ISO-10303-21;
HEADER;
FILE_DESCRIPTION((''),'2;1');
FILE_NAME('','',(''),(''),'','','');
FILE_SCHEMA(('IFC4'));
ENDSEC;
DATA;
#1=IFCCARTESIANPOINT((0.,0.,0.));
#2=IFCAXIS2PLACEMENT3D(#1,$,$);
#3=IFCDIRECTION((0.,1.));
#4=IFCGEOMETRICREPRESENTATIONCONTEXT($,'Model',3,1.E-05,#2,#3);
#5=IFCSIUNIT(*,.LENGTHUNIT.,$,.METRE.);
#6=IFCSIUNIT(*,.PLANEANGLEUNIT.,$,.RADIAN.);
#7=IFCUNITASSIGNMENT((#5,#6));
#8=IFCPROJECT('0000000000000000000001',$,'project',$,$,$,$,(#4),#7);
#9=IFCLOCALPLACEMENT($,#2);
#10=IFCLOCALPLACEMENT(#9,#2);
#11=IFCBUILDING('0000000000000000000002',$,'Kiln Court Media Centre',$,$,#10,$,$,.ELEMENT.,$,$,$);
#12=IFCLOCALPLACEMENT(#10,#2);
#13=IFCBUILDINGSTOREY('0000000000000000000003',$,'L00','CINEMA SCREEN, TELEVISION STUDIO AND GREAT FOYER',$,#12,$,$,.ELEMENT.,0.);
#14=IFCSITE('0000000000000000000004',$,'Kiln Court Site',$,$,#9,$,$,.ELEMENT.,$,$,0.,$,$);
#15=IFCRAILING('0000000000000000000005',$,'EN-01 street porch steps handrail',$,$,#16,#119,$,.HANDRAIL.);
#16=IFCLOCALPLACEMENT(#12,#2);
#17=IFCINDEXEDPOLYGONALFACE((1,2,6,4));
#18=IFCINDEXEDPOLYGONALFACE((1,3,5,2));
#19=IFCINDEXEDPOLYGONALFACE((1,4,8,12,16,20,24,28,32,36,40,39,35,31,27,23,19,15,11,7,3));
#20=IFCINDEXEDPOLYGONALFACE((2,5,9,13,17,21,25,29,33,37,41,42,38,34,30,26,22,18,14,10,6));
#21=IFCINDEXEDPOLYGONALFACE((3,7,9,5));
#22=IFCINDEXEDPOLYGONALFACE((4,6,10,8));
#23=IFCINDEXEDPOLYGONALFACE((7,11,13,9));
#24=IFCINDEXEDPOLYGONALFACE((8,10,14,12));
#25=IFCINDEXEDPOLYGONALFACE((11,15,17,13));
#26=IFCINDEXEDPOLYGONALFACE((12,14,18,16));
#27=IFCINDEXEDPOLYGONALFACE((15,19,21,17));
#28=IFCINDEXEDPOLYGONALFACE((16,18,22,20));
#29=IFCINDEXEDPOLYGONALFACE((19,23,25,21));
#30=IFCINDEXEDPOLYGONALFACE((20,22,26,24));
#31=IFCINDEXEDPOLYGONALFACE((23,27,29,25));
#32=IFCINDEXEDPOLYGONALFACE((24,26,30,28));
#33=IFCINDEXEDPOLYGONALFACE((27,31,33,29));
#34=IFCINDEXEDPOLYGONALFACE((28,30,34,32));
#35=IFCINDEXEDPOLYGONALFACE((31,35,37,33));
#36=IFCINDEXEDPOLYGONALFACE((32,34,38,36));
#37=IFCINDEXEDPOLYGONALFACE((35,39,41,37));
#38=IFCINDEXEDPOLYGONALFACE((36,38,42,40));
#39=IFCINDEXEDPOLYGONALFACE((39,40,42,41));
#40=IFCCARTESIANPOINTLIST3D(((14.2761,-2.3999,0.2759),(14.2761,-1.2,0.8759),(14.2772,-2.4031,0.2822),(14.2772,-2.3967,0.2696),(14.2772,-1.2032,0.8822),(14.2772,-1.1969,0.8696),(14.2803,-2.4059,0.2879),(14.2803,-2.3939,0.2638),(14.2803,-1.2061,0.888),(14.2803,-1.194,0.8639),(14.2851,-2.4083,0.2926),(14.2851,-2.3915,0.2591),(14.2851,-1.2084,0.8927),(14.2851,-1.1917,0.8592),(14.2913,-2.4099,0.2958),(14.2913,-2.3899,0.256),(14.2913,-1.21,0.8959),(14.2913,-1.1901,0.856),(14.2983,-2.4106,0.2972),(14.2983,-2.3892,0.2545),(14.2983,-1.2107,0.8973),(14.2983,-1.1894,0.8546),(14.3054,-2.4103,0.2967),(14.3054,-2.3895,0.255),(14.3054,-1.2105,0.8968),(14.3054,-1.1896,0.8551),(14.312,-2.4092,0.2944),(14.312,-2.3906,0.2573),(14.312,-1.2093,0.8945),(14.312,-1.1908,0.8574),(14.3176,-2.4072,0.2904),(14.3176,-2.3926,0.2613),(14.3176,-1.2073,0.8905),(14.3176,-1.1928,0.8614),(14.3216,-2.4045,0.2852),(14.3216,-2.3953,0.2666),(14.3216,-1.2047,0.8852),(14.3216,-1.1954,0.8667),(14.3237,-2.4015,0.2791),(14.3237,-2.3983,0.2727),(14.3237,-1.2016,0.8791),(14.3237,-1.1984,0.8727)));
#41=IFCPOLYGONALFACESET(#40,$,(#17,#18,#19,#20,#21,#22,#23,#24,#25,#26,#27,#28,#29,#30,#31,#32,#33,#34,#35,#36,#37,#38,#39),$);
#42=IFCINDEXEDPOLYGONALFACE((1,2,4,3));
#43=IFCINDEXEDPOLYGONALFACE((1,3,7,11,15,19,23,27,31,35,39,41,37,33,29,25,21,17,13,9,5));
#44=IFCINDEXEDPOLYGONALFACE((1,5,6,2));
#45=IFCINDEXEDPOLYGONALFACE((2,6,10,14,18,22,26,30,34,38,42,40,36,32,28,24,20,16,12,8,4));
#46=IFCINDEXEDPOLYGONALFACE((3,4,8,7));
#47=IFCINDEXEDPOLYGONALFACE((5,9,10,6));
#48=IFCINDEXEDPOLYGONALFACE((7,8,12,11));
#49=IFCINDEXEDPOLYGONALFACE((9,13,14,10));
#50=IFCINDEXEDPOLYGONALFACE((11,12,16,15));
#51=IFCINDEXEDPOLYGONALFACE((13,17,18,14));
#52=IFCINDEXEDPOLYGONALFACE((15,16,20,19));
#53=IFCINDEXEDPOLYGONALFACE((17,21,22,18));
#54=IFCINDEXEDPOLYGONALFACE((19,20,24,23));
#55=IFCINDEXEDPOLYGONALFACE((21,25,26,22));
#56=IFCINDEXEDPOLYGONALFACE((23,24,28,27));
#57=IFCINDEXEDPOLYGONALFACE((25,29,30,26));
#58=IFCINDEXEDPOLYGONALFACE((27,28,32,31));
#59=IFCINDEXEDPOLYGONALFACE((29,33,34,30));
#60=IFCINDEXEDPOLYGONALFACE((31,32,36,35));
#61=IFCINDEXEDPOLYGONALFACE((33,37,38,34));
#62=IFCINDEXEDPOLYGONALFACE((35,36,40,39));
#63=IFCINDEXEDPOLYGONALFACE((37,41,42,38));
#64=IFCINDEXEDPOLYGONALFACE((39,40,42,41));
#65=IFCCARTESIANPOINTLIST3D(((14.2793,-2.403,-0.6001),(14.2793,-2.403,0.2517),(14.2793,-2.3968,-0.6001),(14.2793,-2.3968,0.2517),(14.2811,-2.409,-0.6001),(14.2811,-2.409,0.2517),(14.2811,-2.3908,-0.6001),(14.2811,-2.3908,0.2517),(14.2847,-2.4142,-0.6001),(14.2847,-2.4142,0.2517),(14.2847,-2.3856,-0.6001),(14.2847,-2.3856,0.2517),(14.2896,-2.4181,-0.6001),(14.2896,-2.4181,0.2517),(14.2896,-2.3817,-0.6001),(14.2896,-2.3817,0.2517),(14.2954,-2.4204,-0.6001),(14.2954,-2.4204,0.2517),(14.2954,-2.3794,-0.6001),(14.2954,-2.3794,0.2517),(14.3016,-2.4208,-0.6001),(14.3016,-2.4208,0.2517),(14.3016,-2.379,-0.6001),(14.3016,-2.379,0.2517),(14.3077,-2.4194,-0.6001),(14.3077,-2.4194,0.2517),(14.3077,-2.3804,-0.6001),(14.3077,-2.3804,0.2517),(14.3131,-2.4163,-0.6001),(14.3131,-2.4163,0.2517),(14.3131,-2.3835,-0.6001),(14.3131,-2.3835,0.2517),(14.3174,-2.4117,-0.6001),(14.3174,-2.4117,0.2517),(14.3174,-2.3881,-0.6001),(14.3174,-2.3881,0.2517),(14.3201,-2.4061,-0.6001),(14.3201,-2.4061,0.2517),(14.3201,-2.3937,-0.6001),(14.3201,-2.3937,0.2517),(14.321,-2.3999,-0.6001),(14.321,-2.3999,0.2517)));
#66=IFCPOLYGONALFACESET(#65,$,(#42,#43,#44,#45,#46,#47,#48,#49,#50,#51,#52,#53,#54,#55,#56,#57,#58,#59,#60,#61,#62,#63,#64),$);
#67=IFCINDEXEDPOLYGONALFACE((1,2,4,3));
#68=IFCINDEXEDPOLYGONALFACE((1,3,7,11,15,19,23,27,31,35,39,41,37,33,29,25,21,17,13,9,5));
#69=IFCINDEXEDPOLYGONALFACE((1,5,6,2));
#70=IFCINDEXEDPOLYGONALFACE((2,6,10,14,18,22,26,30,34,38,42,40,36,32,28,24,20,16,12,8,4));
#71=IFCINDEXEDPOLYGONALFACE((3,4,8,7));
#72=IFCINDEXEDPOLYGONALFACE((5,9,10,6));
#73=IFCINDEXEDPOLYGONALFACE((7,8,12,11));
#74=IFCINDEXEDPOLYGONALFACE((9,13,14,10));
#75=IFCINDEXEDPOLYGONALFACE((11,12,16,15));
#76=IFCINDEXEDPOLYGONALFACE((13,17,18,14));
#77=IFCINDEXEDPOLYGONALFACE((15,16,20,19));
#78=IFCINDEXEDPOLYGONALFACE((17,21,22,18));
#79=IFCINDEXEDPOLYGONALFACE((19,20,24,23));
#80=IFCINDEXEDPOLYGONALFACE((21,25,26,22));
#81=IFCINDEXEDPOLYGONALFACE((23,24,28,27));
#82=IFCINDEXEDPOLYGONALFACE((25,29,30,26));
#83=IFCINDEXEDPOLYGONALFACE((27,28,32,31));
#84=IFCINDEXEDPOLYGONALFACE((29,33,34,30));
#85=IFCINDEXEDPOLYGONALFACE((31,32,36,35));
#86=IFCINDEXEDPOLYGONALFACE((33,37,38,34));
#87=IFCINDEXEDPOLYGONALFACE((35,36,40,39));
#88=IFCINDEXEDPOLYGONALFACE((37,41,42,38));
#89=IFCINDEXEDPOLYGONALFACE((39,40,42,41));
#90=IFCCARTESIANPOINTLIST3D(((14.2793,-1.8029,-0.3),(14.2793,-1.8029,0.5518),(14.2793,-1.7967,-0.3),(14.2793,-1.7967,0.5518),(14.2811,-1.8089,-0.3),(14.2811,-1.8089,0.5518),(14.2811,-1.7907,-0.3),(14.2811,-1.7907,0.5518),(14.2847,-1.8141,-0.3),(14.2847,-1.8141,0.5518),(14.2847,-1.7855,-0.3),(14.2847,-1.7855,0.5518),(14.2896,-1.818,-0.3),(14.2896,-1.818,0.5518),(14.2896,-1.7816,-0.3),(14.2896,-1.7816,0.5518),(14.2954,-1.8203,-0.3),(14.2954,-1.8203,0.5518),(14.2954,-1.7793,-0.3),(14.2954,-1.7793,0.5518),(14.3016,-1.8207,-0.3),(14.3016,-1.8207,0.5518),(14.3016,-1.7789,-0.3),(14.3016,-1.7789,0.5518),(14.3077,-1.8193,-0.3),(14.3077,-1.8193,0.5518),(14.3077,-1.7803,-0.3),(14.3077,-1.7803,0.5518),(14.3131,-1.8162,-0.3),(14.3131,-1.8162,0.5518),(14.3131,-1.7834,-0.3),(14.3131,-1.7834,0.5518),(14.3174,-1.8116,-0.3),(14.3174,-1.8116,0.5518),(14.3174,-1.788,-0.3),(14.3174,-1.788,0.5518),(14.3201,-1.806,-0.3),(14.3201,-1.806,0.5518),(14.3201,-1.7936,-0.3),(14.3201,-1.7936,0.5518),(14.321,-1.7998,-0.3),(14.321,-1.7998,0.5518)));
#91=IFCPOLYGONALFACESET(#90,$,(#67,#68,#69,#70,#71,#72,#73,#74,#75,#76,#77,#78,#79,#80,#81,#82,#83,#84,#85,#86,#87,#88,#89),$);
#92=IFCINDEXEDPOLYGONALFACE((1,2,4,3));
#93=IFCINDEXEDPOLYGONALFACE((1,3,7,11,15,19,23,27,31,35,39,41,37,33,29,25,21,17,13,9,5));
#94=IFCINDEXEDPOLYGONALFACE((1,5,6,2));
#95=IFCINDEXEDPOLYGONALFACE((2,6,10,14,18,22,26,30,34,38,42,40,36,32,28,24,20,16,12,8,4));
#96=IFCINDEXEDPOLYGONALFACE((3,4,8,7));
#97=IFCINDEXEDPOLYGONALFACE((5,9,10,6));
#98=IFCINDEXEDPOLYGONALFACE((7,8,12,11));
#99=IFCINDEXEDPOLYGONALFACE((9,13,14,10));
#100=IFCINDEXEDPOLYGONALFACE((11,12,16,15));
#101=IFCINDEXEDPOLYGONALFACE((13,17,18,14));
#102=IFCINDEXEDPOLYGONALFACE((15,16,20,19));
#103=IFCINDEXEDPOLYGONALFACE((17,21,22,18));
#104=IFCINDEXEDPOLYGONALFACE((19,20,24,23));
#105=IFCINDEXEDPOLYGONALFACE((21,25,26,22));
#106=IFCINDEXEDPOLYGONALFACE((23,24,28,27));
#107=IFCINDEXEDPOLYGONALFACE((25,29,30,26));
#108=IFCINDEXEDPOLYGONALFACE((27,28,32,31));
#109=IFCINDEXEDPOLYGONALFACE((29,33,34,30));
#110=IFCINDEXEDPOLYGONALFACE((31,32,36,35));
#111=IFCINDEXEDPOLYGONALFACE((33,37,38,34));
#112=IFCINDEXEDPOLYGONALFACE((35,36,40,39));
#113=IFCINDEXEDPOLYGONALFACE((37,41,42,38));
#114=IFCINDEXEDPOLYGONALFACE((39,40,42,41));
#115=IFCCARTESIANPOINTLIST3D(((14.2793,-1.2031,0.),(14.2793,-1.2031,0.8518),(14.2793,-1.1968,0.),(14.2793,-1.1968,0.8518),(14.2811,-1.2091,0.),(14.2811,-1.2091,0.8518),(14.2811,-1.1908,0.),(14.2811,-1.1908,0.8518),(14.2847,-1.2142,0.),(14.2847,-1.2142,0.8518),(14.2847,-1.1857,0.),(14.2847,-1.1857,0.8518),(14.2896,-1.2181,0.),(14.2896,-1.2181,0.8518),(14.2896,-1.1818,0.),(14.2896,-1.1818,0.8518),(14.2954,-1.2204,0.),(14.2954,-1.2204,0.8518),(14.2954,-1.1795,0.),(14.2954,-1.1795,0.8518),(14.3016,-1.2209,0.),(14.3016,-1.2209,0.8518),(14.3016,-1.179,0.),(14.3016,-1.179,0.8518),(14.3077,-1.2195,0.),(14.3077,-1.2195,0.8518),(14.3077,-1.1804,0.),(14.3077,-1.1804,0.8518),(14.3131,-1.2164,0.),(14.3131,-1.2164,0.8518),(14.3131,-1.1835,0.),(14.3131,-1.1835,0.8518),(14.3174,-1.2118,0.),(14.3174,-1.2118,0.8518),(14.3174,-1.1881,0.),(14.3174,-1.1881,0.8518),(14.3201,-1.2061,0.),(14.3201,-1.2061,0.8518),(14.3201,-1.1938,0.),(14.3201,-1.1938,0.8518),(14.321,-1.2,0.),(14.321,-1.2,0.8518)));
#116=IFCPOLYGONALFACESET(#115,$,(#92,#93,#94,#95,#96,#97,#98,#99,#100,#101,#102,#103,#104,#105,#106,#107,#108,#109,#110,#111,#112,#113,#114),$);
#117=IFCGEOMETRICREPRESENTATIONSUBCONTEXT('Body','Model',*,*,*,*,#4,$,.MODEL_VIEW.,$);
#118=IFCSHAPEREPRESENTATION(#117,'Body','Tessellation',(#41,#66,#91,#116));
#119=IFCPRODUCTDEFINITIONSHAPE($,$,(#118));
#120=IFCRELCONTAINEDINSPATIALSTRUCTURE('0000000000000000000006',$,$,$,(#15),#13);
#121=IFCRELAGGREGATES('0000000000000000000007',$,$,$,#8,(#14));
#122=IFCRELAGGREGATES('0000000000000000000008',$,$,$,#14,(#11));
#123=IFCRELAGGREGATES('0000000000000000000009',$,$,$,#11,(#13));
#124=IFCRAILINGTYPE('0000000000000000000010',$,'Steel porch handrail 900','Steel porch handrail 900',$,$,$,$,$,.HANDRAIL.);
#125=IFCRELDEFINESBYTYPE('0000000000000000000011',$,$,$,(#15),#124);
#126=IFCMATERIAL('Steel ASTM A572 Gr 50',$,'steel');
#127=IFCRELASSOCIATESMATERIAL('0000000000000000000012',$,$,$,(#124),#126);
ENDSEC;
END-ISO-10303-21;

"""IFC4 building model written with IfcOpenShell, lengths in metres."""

from ifc_helpers import new_model, si_unit, direction, frame, origin, origin_2d, place, context, subcontext, project, spatial, circle, extrude, material, type_object, element, save


model = new_model("IFC4")

# Units and contexts
model_context = context("Model", 3, precision=1e-05, world=origin(), true_north=direction((0.0, 1.0)))
body_context = subcontext(model_context, "Body", "Model", "MODEL_VIEW")
ifc_project = project(units=[si_unit("LENGTHUNIT", "METRE"), si_unit("PLANEANGLEUNIT", "RADIAN")], contexts=[model_context])

# Site, building, storey
site_placement = place(None, origin())
site = spatial("IfcSite", under=ifc_project, at=site_placement, Name="Kiln Court Site", CompositionType="ELEMENT", RefElevation=0.0)
building_placement = place(site_placement, origin())
building = spatial("IfcBuilding", under=site, at=building_placement, Name="Kiln Court Media Centre", CompositionType="ELEMENT")
storey_placement = place(building_placement, origin())
storey = spatial("IfcBuildingStorey", under=building, at=storey_placement, Name="L00", Description="CINEMA SCREEN, TELEVISION STUDIO AND GREAT FOYER", CompositionType="ELEMENT", Elevation=0.0)

# Railing
ifc_material_1 = material(Name="Steel ASTM A572 Gr 50", Category="steel")
railing_type_1 = type_object("IfcRailingType", Name="Steel porch handrail 900", Description="Steel porch handrail 900", PredefinedType="HANDRAIL", material=ifc_material_1)
for number, where, name in (
    (1, (14.3, -2.3999, -0.6001), "EN-01 street porch steps handrail"),
):
    element("IfcRailing", number, at=place(storey_placement, frame(where)), inside=storey, type_object=railing_type_1, Name=name, PredefinedType="HANDRAIL", context=body_context, shape_type="SweptSolid", body=[
        extrude(circle(Radius=0.0239, at=origin_2d()), frame((0.0, 0.0, 0.876), z_axis=(0.0, 0.894391, 0.447286), x_axis=(-1.0, 0.0, 0.0)), (0.0, 0.0, 1.0), 1.3416),
        extrude(circle(Radius=0.021, at=origin_2d()), origin(), (0.0, 0.0, 1.0), 0.8518),
        extrude(circle(Radius=0.021, at=origin_2d()), frame((0.0, 0.6001, 0.3)), (0.0, 0.0, 1.0), 0.8518),
        extrude(circle(Radius=0.021, at=origin_2d()), frame((0.0, 1.2, 0.6001)), (0.0, 0.0, 1.0), 0.8518),
    ])

save(model, "model.ifc")
